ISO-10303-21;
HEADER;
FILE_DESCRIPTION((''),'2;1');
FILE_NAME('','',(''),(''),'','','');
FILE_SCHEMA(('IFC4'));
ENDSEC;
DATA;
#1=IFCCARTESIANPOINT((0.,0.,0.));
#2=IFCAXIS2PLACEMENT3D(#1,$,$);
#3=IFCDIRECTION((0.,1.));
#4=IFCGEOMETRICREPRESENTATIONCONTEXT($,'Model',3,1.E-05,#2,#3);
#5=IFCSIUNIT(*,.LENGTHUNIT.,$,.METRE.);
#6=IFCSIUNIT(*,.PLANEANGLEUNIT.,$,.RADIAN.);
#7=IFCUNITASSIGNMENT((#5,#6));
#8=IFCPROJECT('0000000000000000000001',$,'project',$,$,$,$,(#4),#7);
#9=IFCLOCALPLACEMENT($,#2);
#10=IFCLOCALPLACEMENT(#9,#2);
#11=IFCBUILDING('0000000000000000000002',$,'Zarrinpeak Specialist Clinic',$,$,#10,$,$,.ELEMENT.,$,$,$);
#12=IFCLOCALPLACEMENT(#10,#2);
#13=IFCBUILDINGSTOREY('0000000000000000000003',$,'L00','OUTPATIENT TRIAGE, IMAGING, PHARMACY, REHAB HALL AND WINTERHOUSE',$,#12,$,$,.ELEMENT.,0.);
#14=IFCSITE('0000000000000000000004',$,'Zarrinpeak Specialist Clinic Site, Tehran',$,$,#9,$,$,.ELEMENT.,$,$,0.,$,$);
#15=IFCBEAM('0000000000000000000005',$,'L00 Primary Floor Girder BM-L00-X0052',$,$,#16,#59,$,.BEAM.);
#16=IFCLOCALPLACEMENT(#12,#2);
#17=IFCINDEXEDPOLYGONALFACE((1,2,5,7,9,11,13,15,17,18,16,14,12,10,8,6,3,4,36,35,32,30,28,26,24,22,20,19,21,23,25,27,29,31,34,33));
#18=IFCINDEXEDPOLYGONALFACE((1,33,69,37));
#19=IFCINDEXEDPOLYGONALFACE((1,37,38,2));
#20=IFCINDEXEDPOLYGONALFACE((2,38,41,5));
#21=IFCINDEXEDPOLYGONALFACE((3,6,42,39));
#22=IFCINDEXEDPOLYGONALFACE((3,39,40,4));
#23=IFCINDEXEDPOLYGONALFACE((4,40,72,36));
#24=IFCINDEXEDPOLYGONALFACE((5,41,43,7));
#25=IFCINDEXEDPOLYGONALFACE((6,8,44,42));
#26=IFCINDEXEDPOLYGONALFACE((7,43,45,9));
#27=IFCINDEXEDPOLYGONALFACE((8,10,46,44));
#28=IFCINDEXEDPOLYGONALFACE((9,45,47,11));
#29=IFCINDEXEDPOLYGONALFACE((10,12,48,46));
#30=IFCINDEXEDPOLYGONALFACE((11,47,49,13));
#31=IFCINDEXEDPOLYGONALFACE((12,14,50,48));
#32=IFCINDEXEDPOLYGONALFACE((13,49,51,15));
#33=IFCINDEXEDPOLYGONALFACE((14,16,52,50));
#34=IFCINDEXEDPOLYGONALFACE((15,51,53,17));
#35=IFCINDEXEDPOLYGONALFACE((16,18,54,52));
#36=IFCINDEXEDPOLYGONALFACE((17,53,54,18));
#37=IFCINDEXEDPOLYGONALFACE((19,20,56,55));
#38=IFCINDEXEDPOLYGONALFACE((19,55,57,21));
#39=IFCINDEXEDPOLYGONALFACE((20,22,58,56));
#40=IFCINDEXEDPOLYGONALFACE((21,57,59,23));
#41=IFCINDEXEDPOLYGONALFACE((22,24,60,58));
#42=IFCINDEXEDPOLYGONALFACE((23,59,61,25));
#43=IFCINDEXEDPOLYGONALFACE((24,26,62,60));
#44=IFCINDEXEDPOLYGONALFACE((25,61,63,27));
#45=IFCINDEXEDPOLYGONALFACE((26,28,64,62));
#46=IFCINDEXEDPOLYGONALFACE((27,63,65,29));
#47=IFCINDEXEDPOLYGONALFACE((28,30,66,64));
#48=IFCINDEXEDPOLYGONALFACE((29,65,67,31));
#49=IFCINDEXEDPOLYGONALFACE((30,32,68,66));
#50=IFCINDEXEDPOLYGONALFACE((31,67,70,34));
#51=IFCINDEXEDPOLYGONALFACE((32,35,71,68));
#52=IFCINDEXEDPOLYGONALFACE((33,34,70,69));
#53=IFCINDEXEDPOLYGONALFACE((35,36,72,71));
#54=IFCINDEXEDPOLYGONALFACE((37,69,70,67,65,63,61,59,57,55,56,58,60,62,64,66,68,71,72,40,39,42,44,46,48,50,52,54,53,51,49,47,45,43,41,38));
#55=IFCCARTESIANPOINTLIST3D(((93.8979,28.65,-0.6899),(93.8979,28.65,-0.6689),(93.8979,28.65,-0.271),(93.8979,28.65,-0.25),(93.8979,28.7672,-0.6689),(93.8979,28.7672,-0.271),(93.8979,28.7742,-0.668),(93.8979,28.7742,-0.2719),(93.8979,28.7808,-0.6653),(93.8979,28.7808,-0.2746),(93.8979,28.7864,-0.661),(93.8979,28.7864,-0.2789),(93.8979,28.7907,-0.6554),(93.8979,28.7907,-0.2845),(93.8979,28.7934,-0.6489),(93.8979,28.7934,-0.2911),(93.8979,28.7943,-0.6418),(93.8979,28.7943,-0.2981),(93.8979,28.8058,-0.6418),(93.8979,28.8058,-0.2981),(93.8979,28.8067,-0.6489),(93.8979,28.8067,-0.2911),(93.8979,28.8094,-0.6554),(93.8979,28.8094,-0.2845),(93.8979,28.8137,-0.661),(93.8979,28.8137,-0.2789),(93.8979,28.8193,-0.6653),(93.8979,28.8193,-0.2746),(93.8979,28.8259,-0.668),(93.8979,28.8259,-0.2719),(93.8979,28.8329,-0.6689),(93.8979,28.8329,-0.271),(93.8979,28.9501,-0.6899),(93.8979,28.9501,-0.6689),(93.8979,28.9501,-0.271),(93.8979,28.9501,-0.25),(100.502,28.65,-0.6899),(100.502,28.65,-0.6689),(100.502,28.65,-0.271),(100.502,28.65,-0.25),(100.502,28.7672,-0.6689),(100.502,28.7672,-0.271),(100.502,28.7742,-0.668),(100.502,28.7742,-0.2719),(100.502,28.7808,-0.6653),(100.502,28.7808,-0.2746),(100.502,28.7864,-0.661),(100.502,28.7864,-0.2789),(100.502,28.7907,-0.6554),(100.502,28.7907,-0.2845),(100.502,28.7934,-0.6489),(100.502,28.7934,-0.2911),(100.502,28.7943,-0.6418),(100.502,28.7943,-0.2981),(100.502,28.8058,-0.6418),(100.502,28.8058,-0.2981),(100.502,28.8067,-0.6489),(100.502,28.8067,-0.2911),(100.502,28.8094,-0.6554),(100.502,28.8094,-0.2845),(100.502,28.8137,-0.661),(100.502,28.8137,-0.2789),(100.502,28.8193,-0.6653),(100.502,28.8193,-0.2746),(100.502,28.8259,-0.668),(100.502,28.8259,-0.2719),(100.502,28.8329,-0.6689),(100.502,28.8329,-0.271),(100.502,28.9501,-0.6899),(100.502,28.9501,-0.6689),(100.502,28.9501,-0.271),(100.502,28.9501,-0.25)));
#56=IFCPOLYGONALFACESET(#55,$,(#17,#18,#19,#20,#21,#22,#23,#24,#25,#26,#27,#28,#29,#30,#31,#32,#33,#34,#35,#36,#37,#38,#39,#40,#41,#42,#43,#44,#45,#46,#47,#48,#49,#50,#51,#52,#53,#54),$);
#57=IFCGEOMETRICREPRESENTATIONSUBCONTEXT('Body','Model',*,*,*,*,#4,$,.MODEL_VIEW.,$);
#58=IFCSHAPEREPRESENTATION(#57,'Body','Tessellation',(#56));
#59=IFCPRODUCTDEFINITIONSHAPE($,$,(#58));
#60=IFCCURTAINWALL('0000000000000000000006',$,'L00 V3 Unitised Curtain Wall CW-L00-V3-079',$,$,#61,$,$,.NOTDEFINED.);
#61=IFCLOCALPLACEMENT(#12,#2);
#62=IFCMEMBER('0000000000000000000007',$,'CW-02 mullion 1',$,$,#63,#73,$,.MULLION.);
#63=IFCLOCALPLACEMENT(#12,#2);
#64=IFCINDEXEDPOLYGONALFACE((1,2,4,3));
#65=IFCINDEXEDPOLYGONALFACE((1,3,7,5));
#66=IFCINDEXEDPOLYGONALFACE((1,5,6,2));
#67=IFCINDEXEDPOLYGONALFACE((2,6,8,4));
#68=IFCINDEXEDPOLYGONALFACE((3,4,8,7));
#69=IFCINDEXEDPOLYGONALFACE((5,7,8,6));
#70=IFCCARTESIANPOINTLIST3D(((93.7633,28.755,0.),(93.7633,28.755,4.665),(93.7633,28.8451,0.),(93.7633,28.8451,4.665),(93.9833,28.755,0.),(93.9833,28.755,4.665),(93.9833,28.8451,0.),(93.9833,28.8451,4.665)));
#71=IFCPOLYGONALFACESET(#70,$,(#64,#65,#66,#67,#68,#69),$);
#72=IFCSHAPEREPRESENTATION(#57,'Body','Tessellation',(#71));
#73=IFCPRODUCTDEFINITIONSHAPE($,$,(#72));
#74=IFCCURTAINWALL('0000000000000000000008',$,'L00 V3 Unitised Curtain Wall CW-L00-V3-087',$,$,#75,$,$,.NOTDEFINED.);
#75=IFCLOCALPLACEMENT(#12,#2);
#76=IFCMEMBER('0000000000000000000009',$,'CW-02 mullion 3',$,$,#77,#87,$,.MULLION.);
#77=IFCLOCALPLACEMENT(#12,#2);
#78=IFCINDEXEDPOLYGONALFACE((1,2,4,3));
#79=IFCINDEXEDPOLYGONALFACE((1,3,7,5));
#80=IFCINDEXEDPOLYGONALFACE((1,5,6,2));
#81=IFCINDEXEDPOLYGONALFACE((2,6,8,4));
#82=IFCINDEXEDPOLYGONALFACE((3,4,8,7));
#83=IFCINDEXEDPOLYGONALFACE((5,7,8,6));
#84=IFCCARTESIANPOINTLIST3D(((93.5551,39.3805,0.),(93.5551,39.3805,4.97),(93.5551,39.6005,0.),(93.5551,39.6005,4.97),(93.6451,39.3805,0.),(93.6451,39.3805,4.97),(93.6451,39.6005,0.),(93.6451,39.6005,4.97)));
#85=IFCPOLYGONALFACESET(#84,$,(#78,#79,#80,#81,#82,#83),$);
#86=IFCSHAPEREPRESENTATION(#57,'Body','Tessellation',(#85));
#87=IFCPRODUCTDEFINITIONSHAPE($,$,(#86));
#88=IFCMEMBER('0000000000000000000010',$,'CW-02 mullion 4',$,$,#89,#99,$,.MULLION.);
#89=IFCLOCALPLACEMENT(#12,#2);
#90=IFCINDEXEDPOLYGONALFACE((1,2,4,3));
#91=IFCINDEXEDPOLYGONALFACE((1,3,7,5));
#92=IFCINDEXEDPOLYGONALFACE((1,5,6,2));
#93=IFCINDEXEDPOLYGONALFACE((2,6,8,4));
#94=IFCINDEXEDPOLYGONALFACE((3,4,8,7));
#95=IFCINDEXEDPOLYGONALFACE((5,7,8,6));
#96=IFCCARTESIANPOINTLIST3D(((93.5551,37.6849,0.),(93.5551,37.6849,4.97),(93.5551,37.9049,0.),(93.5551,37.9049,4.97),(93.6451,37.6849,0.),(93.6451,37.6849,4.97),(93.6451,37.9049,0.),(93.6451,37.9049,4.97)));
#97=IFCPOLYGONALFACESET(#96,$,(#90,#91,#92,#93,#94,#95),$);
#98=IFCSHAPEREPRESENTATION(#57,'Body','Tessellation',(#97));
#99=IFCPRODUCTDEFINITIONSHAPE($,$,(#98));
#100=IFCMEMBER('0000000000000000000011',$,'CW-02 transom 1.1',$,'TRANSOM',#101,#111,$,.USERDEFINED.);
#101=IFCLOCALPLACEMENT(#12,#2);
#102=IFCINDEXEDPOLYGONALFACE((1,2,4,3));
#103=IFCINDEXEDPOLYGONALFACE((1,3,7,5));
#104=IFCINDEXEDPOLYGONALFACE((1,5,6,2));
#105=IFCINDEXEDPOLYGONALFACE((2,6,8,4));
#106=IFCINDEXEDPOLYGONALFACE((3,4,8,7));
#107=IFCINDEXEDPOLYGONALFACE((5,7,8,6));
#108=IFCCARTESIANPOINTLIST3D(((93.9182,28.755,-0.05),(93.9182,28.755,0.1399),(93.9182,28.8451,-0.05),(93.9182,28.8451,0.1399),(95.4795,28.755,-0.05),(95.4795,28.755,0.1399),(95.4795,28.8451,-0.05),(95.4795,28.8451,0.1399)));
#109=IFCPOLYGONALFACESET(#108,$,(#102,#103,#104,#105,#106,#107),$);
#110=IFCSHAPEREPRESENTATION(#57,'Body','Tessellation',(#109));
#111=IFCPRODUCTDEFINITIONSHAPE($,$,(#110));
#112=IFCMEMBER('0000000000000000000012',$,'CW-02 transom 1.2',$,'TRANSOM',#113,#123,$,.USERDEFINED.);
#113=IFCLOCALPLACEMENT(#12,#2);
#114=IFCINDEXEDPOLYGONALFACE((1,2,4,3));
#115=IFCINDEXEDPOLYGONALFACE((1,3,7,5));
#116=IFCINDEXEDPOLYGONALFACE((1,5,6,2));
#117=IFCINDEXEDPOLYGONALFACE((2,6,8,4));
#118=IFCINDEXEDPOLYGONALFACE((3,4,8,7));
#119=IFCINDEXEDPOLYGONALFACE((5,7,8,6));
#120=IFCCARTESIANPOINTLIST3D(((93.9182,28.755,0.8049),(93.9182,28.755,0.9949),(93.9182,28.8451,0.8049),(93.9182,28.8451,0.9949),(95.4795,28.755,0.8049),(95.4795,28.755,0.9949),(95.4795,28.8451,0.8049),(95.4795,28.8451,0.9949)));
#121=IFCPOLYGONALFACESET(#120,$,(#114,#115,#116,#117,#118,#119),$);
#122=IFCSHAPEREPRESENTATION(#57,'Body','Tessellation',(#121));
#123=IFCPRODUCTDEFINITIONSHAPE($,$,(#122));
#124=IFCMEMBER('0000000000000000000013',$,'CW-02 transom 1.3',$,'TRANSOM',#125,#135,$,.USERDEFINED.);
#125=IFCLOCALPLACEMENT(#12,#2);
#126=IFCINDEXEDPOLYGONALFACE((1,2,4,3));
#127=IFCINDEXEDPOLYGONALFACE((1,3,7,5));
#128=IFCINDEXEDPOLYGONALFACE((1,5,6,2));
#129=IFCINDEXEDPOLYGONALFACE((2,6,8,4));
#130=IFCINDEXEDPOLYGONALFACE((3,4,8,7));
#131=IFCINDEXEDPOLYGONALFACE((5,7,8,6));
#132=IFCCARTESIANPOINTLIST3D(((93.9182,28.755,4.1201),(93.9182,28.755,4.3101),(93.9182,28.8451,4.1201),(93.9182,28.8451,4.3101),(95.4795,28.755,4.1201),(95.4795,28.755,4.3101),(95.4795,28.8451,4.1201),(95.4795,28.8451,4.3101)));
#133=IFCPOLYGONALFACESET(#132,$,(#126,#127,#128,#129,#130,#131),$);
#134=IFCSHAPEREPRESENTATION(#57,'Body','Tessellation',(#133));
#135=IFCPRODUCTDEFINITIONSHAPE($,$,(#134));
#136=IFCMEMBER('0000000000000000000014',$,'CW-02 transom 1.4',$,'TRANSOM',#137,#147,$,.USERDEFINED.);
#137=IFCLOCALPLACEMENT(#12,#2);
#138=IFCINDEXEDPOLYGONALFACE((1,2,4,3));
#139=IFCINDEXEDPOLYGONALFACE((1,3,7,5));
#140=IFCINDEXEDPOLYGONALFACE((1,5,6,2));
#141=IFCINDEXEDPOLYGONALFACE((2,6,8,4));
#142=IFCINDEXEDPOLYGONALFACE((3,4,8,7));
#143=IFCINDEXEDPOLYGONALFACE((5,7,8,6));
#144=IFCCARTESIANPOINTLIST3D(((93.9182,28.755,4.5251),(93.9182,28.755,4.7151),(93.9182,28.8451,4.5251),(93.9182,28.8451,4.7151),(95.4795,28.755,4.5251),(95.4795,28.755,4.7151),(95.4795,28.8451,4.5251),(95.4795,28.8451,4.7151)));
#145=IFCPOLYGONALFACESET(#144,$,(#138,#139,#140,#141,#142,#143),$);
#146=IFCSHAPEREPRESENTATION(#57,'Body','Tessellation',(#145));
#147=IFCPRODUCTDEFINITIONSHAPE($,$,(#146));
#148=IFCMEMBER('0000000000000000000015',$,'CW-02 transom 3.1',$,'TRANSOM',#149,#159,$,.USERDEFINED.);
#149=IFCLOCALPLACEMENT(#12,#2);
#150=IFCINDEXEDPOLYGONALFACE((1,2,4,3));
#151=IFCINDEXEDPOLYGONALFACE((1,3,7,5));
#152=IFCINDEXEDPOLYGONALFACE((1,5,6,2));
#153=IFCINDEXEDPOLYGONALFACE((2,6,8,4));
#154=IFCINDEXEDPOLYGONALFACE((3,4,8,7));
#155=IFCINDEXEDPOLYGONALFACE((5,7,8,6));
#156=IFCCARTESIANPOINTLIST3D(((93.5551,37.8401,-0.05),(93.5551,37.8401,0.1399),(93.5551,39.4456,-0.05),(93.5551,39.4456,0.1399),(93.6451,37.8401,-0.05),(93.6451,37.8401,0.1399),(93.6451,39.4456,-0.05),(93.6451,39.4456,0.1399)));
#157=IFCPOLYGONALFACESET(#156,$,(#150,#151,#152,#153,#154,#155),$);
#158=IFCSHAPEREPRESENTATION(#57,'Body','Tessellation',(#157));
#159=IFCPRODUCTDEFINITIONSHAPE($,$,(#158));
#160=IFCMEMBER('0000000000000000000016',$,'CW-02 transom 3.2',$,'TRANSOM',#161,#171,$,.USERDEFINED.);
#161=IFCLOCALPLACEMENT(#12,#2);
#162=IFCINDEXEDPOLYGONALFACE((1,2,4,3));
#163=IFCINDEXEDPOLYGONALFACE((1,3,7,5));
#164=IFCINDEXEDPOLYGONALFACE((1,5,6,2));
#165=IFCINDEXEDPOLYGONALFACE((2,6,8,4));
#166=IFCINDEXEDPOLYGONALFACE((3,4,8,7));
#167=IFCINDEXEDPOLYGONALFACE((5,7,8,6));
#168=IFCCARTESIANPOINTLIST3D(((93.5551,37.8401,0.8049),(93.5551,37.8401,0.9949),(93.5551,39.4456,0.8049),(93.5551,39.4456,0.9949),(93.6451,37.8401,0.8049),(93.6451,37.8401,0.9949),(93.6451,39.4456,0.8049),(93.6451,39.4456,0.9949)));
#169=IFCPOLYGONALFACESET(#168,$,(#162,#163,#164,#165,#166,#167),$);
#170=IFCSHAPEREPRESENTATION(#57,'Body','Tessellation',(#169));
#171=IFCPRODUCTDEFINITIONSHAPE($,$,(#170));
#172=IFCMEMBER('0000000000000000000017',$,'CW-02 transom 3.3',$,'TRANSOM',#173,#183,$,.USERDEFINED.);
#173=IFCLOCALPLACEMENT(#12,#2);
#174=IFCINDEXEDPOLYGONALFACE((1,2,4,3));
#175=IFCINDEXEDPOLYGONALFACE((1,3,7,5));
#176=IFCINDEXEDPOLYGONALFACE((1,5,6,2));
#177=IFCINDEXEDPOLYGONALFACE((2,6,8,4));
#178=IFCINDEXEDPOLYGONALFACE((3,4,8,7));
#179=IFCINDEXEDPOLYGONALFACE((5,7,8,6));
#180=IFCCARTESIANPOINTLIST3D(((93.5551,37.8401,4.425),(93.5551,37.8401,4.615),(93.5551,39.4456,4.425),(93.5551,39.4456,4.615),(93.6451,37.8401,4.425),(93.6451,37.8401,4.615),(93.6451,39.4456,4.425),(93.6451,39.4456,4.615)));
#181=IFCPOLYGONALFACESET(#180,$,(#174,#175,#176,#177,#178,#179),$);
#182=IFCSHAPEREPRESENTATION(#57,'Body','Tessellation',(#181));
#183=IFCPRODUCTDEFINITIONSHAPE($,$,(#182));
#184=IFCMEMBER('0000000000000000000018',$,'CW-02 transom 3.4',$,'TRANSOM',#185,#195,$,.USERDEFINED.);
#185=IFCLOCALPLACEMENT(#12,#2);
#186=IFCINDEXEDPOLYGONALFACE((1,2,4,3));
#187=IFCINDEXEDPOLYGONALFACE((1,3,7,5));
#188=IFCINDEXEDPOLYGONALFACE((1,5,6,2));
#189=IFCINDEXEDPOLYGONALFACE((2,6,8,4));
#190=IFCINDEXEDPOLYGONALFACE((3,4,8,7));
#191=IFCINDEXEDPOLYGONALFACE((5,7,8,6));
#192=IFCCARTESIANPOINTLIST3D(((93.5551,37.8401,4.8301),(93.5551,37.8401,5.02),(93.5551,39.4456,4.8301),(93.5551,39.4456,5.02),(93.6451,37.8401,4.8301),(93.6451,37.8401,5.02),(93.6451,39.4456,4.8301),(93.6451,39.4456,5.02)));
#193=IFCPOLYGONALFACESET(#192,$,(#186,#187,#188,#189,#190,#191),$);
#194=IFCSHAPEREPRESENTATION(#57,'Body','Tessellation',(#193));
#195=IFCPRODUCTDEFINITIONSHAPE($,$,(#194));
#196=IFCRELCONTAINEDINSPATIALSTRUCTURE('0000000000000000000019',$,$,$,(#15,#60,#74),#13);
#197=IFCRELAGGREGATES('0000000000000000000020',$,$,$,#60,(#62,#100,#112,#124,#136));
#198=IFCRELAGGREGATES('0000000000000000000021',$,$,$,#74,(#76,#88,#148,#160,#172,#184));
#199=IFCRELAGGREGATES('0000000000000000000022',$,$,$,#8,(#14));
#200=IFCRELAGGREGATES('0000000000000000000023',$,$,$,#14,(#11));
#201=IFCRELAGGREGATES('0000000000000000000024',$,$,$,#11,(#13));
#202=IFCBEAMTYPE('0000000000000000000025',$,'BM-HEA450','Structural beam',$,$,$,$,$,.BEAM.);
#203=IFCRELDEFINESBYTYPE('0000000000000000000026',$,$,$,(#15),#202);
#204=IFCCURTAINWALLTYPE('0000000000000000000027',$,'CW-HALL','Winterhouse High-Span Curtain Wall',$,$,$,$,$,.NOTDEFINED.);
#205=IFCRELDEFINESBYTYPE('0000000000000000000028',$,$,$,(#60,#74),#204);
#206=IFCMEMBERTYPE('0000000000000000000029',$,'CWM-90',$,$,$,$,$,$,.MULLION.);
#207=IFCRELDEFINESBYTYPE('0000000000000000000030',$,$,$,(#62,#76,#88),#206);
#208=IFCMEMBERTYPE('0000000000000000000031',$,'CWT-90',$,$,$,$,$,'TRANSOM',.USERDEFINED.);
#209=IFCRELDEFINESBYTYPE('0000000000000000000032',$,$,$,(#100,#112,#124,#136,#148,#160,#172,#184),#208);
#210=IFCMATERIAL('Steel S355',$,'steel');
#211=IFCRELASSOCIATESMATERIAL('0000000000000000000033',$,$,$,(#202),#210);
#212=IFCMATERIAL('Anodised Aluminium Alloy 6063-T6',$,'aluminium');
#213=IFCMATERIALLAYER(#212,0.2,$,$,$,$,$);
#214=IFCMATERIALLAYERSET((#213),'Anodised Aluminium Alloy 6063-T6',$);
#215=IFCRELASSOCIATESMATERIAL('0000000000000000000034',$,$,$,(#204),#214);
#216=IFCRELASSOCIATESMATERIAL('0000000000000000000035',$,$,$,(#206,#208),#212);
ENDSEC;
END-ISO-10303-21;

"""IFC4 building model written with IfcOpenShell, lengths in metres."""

from ifc_helpers import new_model, si_unit, direction, frame, origin, origin_2d, place, context, subcontext, project, spatial, rectangle, i_section, extrude, material, layer, layer_set, material_profile, profile_set, type_object, element, aggregate, save


model = new_model("IFC4")

# Units and contexts
model_context = context("Model", 3, precision=1e-05, world=origin(), true_north=direction((0.0, 1.0)))
body_context = subcontext(model_context, "Body", "Model", "MODEL_VIEW")
ifc_project = project(units=[si_unit("LENGTHUNIT", "METRE"), si_unit("PLANEANGLEUNIT", "RADIAN")], contexts=[model_context])

# Site, building, storey
site_placement = place(None, origin())
site = spatial("IfcSite", under=ifc_project, at=site_placement, Name="Zarrinpeak Specialist Clinic Site, Tehran", CompositionType="ELEMENT", RefElevation=0.0)
building_placement = place(site_placement, origin())
building = spatial("IfcBuilding", under=site, at=building_placement, Name="Zarrinpeak Specialist Clinic", CompositionType="ELEMENT")
storey_placement = place(building_placement, origin())
storey = spatial("IfcBuildingStorey", under=building, at=storey_placement, Name="L00", Description="OUTPATIENT TRIAGE, IMAGING, PHARMACY, REHAB HALL AND WINTERHOUSE", CompositionType="ELEMENT", Elevation=0.0)

# Beam
ifc_material_1 = material(Name="Steel S355", Category="steel")
ifc_material_profile_1 = material_profile(ifc_material_1, i_section(OverallWidth=0.3, OverallDepth=0.4399, WebThickness=0.0115, FlangeThickness=0.021, FilletRadius=0.0271, at=origin_2d()), Name="HEA 450")
ifc_profile_set_1 = profile_set([ifc_material_profile_1], Name="Steel S355")
beam_type = type_object("IfcBeamType", Name="BM-HEA450", Description="Structural beam", PredefinedType="BEAM", material=ifc_profile_set_1)
beam_placement = place(storey_placement, frame((93.8979, 28.8, -0.47), z_axis=(1.0, 0.0, 0.0), x_axis=(0.0, 1.0, 0.0)))
element("IfcBeam", 1, at=beam_placement, inside=storey, type_object=beam_type, Name="L00 Primary Floor Girder BM-L00-X0052", PredefinedType="BEAM", context=body_context, shape_type="SweptSolid", body=[
    extrude(i_section(OverallWidth=0.3, OverallDepth=0.4399, WebThickness=0.0115, FlangeThickness=0.021, FilletRadius=0.0271, at=origin_2d()), origin(), (0.0, 0.0, 1.0), 6.604),
])

# Curtain wall, member
ifc_material_2 = material(Name="Anodised Aluminium Alloy 6063-T6", Category="aluminium")
ifc_layer_1 = layer(ifc_material_2, 0.2)
ifc_layer_set_1 = layer_set([ifc_layer_1], Name="Anodised Aluminium Alloy 6063-T6")
curtain_wall_type = type_object("IfcCurtainWallType", Name="CW-HALL", Description="Winterhouse High-Span Curtain Wall", PredefinedType="NOTDEFINED", material=ifc_layer_set_1)
curtain_wall_1_placement = place(storey_placement, origin())
curtain_wall_1 = element("IfcCurtainWall", 2, at=curtain_wall_1_placement, inside=storey, type_object=curtain_wall_type, Name="L00 V3 Unitised Curtain Wall CW-L00-V3-079", PredefinedType="NOTDEFINED")
ifc_material_profile_2 = material_profile(ifc_material_2, rectangle(XDim=0.0901, YDim=0.22, at=origin_2d()), Name="ALU 90x220")
ifc_profile_set_2 = profile_set([ifc_material_profile_2], Name="Anodised Aluminium Alloy 6063-T6")
member_type_1 = type_object("IfcMemberType", Name="CWM-90", PredefinedType="MULLION", material=ifc_profile_set_2)
member_1_placement = place(storey_placement, frame((93.8733, 28.8, 0.0), z_axis=(0.0, 0.0, 1.0), x_axis=(0.0, 1.0, 0.0)))
member_1 = element("IfcMember", 3, at=member_1_placement, type_object=member_type_1, Name="CW-02 mullion 1", PredefinedType="MULLION", context=body_context, shape_type="SweptSolid", body=[
    extrude(rectangle(XDim=0.0901, YDim=0.22, at=origin_2d()), origin(), (0.0, 0.0, 1.0), 4.665),
])

# Curtain wall, members
curtain_wall_2_placement = place(storey_placement, origin())
curtain_wall_2 = element("IfcCurtainWall", 4, at=curtain_wall_2_placement, inside=storey, type_object=curtain_wall_type, Name="L00 V3 Unitised Curtain Wall CW-L00-V3-087", PredefinedType="NOTDEFINED")
member_2_placement = place(storey_placement, frame((93.6001, 39.4905, 0.0), z_axis=(0.0, 0.0, 1.0), x_axis=(1.0, 0.0, 0.0)))
member_2 = element("IfcMember", 5, at=member_2_placement, type_object=member_type_1, Name="CW-02 mullion 3", PredefinedType="MULLION", context=body_context, shape_type="SweptSolid", body=[
    extrude(rectangle(XDim=0.0901, YDim=0.22, at=origin_2d()), origin(), (0.0, 0.0, 1.0), 4.97),
])
member_3_placement = place(storey_placement, frame((93.6001, 37.7949, 0.0), z_axis=(0.0, 0.0, 1.0), x_axis=(1.0, 0.0, 0.0)))
member_3 = element("IfcMember", 6, at=member_3_placement, type_object=member_type_1, Name="CW-02 mullion 4", PredefinedType="MULLION", context=body_context, shape_type="SweptSolid", body=[
    extrude(rectangle(XDim=0.0901, YDim=0.22, at=origin_2d()), origin(), (0.0, 0.0, 1.0), 4.97),
])

# Members
ifc_material_profile_3 = material_profile(ifc_material_2, rectangle(XDim=0.0901, YDim=0.1899, at=origin_2d()), Name="ALU 90x190")
ifc_profile_set_3 = profile_set([ifc_material_profile_3], Name="Anodised Aluminium Alloy 6063-T6")
member_type_2 = type_object("IfcMemberType", Name="CWT-90", ElementType="TRANSOM", PredefinedType="USERDEFINED", material=ifc_profile_set_3)
member_4_placement = place(storey_placement, frame((93.9182, 28.8, 0.0449), z_axis=(1.0, 0.0, 0.0), x_axis=(0.0, 1.0, 0.0)))
member_4 = element("IfcMember", 7, at=member_4_placement, type_object=member_type_2, Name="CW-02 transom 1.1", ObjectType="TRANSOM", PredefinedType="USERDEFINED", context=body_context, shape_type="SweptSolid", body=[
    extrude(rectangle(XDim=0.0901, YDim=0.1899, at=origin_2d()), origin(), (0.0, 0.0, 1.0), 1.5613),
])
member_5_placement = place(storey_placement, frame((93.9182, 28.8, 0.8999), z_axis=(1.0, 0.0, 0.0), x_axis=(0.0, 1.0, 0.0)))
member_5 = element("IfcMember", 8, at=member_5_placement, type_object=member_type_2, Name="CW-02 transom 1.2", ObjectType="TRANSOM", PredefinedType="USERDEFINED", context=body_context, shape_type="SweptSolid", body=[
    extrude(rectangle(XDim=0.0901, YDim=0.1899, at=origin_2d()), origin(), (0.0, 0.0, 1.0), 1.5613),
])
member_6_placement = place(storey_placement, frame((93.9182, 28.8, 4.2151), z_axis=(1.0, 0.0, 0.0), x_axis=(0.0, 1.0, 0.0)))
member_6 = element("IfcMember", 9, at=member_6_placement, type_object=member_type_2, Name="CW-02 transom 1.3", ObjectType="TRANSOM", PredefinedType="USERDEFINED", context=body_context, shape_type="SweptSolid", body=[
    extrude(rectangle(XDim=0.0901, YDim=0.1899, at=origin_2d()), origin(), (0.0, 0.0, 1.0), 1.5613),
])
member_7_placement = place(storey_placement, frame((93.9182, 28.8, 4.6201), z_axis=(1.0, 0.0, 0.0), x_axis=(0.0, 1.0, 0.0)))
member_7 = element("IfcMember", 10, at=member_7_placement, type_object=member_type_2, Name="CW-02 transom 1.4", ObjectType="TRANSOM", PredefinedType="USERDEFINED", context=body_context, shape_type="SweptSolid", body=[
    extrude(rectangle(XDim=0.0901, YDim=0.1899, at=origin_2d()), origin(), (0.0, 0.0, 1.0), 1.5613),
])
aggregate(curtain_wall_1, [member_1, member_4, member_5, member_6, member_7])
member_8_placement = place(storey_placement, frame((93.6001, 39.4456, 0.0449), z_axis=(0.0, -1.0, 0.0), x_axis=(1.0, 0.0, 0.0)))
member_8 = element("IfcMember", 11, at=member_8_placement, type_object=member_type_2, Name="CW-02 transom 3.1", ObjectType="TRANSOM", PredefinedType="USERDEFINED", context=body_context, shape_type="SweptSolid", body=[
    extrude(rectangle(XDim=0.0901, YDim=0.1899, at=origin_2d()), origin(), (0.0, 0.0, 1.0), 1.6055),
])
member_9_placement = place(storey_placement, frame((93.6001, 39.4456, 0.8999), z_axis=(0.0, -1.0, 0.0), x_axis=(1.0, 0.0, 0.0)))
member_9 = element("IfcMember", 12, at=member_9_placement, type_object=member_type_2, Name="CW-02 transom 3.2", ObjectType="TRANSOM", PredefinedType="USERDEFINED", context=body_context, shape_type="SweptSolid", body=[
    extrude(rectangle(XDim=0.0901, YDim=0.1899, at=origin_2d()), origin(), (0.0, 0.0, 1.0), 1.6055),
])
member_10_placement = place(storey_placement, frame((93.6001, 39.4456, 4.52), z_axis=(0.0, -1.0, 0.0), x_axis=(1.0, 0.0, 0.0)))
member_10 = element("IfcMember", 13, at=member_10_placement, type_object=member_type_2, Name="CW-02 transom 3.3", ObjectType="TRANSOM", PredefinedType="USERDEFINED", context=body_context, shape_type="SweptSolid", body=[
    extrude(rectangle(XDim=0.0901, YDim=0.1899, at=origin_2d()), origin(), (0.0, 0.0, 1.0), 1.6055),
])
member_11_placement = place(storey_placement, frame((93.6001, 39.4456, 4.925), z_axis=(0.0, -1.0, 0.0), x_axis=(1.0, 0.0, 0.0)))
member_11 = element("IfcMember", 14, at=member_11_placement, type_object=member_type_2, Name="CW-02 transom 3.4", ObjectType="TRANSOM", PredefinedType="USERDEFINED", context=body_context, shape_type="SweptSolid", body=[
    extrude(rectangle(XDim=0.0901, YDim=0.1899, at=origin_2d()), origin(), (0.0, 0.0, 1.0), 1.6055),
])

aggregate(curtain_wall_2, [member_2, member_3, member_8, member_9, member_10, member_11])

save(model, "model.ifc")
